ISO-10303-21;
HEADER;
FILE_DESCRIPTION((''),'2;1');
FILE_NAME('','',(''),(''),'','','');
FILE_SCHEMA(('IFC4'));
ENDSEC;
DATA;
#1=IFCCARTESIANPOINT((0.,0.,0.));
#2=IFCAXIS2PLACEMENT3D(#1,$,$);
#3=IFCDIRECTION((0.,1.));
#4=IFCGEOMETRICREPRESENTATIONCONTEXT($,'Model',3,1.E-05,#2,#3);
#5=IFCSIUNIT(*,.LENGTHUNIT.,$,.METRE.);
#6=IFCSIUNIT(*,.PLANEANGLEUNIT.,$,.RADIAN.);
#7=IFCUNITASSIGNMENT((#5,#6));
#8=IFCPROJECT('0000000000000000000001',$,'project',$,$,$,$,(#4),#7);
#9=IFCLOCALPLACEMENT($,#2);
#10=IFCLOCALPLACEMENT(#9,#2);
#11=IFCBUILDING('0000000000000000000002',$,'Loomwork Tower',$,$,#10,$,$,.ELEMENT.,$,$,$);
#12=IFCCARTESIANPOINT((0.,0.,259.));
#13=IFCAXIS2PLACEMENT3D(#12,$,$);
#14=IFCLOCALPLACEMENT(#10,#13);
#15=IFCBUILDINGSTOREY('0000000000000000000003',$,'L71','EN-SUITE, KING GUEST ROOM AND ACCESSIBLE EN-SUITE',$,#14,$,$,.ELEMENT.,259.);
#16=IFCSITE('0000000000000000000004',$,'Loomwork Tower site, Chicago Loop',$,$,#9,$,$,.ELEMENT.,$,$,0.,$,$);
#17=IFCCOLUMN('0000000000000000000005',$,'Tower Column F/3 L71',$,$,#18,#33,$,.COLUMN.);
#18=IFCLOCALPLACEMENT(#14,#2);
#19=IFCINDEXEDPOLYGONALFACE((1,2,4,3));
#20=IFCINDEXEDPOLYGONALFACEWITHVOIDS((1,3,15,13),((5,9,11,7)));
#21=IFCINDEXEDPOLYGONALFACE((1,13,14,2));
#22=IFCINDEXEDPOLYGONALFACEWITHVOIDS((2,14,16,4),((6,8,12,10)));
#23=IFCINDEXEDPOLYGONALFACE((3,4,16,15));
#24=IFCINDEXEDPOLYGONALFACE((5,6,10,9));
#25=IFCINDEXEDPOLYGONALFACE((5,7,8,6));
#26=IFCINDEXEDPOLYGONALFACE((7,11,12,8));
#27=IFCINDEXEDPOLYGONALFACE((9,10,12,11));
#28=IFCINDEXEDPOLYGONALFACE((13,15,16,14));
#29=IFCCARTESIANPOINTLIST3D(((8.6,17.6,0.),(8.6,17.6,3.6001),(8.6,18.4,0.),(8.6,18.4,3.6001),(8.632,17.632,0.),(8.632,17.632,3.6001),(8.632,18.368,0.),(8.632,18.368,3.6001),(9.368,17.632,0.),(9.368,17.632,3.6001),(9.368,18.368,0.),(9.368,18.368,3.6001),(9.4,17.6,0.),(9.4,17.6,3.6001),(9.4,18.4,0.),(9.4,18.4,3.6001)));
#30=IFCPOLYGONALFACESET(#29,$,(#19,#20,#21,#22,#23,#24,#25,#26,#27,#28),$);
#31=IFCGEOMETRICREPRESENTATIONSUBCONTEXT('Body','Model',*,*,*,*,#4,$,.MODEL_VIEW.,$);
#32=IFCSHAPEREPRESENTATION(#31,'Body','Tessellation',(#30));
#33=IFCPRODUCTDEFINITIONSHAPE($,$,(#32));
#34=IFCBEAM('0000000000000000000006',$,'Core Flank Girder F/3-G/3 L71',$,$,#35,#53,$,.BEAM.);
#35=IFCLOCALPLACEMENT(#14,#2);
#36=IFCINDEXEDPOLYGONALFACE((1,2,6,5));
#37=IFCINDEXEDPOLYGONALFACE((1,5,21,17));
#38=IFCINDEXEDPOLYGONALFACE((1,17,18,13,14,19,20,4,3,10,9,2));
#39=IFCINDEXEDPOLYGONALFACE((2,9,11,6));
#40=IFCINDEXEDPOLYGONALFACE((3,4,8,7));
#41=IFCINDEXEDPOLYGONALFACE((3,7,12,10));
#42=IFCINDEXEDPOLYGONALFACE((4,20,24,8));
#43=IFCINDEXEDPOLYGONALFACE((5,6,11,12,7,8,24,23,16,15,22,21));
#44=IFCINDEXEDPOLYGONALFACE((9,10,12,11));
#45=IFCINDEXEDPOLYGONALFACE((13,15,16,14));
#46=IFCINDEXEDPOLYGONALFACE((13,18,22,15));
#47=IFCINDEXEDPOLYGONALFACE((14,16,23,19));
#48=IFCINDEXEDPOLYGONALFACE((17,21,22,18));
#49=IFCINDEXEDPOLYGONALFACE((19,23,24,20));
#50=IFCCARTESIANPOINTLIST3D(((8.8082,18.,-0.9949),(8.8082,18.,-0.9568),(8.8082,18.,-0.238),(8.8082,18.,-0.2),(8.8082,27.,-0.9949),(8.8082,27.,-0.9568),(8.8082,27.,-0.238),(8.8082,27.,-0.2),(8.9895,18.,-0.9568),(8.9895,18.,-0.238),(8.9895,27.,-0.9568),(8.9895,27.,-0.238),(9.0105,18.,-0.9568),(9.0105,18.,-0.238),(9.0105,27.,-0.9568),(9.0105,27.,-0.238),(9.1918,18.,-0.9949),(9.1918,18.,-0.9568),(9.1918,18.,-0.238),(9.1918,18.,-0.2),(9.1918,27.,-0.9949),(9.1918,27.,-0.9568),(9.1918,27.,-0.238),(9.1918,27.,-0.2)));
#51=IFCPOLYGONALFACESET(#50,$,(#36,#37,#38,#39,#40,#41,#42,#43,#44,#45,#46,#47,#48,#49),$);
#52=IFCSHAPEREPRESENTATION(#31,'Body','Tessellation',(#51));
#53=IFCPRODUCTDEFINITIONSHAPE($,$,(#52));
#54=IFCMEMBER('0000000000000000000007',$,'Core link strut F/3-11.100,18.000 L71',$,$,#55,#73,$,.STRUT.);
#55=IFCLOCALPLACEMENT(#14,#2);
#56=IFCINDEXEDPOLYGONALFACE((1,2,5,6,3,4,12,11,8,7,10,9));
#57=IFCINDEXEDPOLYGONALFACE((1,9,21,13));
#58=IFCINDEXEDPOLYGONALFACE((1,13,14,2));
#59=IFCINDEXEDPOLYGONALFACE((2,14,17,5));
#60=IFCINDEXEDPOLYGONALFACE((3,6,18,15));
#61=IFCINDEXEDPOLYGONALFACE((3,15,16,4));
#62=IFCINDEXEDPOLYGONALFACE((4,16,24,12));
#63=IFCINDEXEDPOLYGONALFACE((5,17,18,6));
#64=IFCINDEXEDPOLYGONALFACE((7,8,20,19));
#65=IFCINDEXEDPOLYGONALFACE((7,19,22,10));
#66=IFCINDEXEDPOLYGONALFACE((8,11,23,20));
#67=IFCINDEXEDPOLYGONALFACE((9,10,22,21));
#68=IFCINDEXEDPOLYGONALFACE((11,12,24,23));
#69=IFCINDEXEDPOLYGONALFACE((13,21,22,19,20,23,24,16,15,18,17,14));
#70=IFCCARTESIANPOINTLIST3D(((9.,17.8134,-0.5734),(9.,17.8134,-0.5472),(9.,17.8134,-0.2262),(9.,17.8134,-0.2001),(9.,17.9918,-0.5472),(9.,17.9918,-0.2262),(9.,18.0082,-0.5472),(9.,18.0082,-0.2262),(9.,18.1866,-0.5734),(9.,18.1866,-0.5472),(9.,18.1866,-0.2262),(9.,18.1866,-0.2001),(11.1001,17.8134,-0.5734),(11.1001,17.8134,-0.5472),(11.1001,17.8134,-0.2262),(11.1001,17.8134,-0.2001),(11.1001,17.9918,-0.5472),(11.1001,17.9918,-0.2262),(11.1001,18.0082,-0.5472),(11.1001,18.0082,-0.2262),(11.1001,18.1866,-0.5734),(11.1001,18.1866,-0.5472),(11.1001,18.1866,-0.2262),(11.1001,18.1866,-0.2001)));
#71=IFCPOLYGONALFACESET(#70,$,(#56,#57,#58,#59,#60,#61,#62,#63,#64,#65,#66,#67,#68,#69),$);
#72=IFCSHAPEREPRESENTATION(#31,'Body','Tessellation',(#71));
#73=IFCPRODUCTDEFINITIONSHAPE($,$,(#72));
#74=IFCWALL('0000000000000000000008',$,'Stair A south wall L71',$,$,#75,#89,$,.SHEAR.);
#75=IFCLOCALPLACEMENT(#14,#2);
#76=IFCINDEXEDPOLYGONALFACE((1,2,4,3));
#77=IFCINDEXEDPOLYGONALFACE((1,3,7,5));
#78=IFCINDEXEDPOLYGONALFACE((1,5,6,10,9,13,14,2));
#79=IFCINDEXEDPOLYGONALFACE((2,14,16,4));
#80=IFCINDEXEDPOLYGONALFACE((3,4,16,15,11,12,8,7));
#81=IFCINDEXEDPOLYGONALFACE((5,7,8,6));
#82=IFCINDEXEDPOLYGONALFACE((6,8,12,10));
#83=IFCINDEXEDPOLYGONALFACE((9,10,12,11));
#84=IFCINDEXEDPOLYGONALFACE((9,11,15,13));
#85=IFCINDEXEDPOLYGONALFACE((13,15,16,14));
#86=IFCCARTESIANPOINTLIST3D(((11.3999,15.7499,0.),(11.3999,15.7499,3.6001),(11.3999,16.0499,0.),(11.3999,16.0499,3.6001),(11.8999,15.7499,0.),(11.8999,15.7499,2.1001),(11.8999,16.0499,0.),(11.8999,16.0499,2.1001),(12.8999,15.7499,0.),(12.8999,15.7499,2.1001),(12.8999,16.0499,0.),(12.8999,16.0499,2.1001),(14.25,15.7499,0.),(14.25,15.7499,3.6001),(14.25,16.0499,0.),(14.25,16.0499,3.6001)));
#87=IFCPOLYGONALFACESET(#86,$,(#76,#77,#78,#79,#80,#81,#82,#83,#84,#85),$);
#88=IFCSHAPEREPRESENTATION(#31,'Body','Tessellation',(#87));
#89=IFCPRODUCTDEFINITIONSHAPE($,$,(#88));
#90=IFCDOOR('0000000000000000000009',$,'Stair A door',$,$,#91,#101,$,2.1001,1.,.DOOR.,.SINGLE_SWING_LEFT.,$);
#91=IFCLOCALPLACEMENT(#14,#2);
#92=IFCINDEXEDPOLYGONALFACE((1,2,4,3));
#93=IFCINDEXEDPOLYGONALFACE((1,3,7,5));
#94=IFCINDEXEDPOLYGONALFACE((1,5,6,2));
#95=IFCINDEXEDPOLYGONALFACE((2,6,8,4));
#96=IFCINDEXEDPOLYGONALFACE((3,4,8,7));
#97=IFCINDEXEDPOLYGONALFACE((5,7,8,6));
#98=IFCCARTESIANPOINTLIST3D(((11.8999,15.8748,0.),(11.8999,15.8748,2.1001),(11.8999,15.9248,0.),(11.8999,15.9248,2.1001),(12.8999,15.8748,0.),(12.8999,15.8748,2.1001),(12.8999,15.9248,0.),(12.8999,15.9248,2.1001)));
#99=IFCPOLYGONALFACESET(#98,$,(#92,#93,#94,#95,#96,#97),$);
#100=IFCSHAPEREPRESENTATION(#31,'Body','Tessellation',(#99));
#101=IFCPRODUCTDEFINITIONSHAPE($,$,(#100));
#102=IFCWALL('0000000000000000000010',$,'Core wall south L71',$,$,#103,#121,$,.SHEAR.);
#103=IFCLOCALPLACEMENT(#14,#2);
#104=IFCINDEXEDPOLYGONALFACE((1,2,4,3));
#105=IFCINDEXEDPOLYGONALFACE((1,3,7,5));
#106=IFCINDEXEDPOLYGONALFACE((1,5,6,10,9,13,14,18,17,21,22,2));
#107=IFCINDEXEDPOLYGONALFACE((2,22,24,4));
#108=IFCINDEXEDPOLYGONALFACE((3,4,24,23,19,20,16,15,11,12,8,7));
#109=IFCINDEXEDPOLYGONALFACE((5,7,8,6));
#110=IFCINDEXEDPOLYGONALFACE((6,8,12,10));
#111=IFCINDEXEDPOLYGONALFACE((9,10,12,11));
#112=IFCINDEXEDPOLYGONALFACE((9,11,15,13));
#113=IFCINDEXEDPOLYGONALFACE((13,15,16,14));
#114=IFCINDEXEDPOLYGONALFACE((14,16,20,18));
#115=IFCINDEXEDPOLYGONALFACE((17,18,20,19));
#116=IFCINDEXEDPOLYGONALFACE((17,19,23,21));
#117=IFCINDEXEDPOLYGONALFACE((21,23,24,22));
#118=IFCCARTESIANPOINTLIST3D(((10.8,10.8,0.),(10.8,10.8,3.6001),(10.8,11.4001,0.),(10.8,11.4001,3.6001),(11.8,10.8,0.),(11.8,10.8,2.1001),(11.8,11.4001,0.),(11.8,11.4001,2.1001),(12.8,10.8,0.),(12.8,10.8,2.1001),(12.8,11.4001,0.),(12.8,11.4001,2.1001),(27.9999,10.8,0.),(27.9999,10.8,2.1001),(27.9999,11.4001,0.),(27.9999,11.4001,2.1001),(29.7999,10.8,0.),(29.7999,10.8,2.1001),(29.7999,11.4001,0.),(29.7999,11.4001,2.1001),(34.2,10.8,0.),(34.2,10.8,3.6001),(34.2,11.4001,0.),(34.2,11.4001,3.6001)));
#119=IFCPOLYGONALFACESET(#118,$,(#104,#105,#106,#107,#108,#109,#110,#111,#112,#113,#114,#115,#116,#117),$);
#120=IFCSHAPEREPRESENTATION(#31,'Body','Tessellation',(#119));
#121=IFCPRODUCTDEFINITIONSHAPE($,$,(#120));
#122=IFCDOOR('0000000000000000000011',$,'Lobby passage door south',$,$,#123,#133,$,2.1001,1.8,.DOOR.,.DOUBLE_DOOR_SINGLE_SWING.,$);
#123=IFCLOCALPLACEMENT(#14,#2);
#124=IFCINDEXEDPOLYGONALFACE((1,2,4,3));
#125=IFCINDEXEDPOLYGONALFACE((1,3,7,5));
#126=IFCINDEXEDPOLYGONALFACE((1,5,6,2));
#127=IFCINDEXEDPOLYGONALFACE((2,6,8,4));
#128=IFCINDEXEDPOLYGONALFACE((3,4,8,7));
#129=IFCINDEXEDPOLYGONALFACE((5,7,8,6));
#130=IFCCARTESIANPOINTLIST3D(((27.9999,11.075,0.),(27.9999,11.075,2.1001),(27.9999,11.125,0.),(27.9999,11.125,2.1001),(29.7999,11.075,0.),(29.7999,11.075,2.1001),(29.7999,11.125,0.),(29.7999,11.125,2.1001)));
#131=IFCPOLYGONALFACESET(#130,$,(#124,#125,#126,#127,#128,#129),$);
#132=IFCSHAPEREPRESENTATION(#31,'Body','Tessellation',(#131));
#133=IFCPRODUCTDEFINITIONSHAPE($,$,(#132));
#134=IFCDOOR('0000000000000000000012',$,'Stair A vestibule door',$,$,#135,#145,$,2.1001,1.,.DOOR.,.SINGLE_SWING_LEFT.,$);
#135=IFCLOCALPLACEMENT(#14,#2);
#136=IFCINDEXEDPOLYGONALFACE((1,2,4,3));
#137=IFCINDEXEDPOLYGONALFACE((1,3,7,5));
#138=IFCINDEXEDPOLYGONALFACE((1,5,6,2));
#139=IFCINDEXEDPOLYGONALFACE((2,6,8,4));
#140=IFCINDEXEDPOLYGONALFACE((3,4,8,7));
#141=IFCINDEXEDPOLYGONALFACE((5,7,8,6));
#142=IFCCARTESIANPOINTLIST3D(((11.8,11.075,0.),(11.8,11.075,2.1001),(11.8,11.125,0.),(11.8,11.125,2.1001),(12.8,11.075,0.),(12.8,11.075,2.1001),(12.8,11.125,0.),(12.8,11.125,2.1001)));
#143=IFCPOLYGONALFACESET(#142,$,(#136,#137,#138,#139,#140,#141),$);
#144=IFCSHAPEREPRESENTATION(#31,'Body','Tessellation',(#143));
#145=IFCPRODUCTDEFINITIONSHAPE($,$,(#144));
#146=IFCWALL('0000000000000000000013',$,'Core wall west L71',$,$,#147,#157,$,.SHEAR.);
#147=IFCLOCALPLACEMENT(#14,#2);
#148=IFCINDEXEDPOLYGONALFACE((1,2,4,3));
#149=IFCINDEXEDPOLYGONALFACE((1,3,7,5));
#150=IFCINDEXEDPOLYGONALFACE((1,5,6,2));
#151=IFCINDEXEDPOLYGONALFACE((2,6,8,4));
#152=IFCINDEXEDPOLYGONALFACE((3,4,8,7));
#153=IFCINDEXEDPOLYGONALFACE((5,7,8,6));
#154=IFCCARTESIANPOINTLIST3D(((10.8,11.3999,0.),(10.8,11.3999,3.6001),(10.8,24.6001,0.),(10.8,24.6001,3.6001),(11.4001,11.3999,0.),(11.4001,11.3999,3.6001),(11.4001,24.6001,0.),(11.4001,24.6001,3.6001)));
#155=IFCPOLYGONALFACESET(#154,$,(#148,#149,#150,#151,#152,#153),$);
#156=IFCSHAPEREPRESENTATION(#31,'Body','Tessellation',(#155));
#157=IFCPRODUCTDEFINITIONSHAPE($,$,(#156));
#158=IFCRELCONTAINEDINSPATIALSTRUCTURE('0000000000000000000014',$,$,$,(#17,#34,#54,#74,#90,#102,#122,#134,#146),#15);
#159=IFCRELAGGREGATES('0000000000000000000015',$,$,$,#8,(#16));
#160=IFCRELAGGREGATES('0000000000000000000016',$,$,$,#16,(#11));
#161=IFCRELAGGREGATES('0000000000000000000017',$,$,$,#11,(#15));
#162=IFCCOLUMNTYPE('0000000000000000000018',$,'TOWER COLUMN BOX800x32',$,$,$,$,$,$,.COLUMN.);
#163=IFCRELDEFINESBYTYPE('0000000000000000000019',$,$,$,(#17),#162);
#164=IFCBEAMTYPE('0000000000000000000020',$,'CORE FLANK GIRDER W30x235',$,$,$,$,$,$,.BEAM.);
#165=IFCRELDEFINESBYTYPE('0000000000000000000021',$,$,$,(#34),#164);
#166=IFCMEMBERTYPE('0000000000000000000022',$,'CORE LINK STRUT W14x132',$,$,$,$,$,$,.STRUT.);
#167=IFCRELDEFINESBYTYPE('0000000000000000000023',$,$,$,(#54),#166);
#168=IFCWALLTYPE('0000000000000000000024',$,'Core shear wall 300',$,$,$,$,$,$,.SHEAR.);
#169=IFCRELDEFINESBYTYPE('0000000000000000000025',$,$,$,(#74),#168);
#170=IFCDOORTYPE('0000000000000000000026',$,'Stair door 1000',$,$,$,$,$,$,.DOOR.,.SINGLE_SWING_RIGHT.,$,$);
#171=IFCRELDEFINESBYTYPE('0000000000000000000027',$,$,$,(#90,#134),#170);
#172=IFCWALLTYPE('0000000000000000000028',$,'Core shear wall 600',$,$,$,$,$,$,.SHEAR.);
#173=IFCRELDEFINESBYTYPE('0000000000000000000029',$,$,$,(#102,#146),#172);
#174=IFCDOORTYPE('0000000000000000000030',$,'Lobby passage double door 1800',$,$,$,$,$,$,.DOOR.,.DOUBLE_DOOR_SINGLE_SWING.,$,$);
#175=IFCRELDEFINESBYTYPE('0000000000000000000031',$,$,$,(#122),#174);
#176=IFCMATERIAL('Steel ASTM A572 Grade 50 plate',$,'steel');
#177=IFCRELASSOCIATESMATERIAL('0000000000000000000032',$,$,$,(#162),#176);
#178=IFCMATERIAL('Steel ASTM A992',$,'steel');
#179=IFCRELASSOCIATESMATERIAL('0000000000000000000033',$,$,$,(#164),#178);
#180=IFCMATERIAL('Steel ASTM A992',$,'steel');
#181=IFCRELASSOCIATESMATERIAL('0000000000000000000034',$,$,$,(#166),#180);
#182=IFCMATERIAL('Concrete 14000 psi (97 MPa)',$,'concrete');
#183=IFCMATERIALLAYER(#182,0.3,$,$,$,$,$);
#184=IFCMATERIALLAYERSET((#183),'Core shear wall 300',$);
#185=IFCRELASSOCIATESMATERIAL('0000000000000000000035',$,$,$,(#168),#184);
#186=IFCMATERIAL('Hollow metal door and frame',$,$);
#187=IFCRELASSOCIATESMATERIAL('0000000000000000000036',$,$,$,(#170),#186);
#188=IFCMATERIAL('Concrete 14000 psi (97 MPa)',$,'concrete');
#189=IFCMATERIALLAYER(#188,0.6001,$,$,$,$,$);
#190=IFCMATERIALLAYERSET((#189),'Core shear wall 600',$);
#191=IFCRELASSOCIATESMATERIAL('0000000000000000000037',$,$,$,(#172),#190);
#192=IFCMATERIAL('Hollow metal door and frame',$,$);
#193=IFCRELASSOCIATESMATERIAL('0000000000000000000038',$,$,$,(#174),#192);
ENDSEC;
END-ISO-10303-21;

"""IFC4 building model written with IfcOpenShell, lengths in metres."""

from ifc_helpers import new_model, si_unit, direction, frame, frame_2d, origin, origin_2d, place, context, subcontext, project, spatial, rectangle, hollow_rectangle, i_section, extrude, material, layer, layer_set, material_profile, profile_set, type_object, element, fill, save


model = new_model("IFC4")

# Units and contexts
model_context = context("Model", 3, precision=1e-05, world=origin(), true_north=direction((0.0, 1.0)))
body_context = subcontext(model_context, "Body", "Model", "MODEL_VIEW")
ifc_project = project(units=[si_unit("LENGTHUNIT", "METRE"), si_unit("PLANEANGLEUNIT", "RADIAN")], contexts=[model_context])

# Site, building, storey
site_placement = place(None, origin())
site = spatial("IfcSite", under=ifc_project, at=site_placement, Name="Loomwork Tower site, Chicago Loop", CompositionType="ELEMENT", RefElevation=0.0)
building_placement = place(site_placement, origin())
building = spatial("IfcBuilding", under=site, at=building_placement, Name="Loomwork Tower", CompositionType="ELEMENT")
storey_placement = place(building_placement, frame((0.0, 0.0, 259.0)))
storey = spatial("IfcBuildingStorey", under=building, at=storey_placement, Name="L71", Description="EN-SUITE, KING GUEST ROOM AND ACCESSIBLE EN-SUITE", CompositionType="ELEMENT", Elevation=259.0)

# Column
ifc_material_1 = material(Name="Steel ASTM A572 Grade 50 plate", Category="steel")
ifc_material_profile_1 = material_profile(ifc_material_1, hollow_rectangle(XDim=0.8, YDim=0.8, WallThickness=0.032, at=origin_2d()), Name="BOX800x32")
ifc_profile_set_1 = profile_set([ifc_material_profile_1], Name="Steel ASTM A572 Grade 50 plate")
column_type = type_object("IfcColumnType", Name="TOWER COLUMN BOX800x32", PredefinedType="COLUMN", material=ifc_profile_set_1)
column_placement = place(storey_placement, frame((9.0, 18.0, 0.0), z_axis=(0.0, 0.0, 1.0), x_axis=(1.0, 0.0, 0.0)))
element("IfcColumn", 1, at=column_placement, inside=storey, type_object=column_type, Name="Tower Column F/3 L71", PredefinedType="COLUMN", context=body_context, shape_type="SweptSolid", body=[
    extrude(hollow_rectangle(XDim=0.8, YDim=0.8, WallThickness=0.032, at=origin_2d()), origin(), (0.0, 0.0, 1.0), 3.6001),
])

# Beam
ifc_material_2 = material(Name="Steel ASTM A992", Category="steel")
ifc_material_profile_2 = material_profile(ifc_material_2, i_section(OverallWidth=0.3835, OverallDepth=0.7949, WebThickness=0.021, FlangeThickness=0.0381, at=origin_2d()), Name="W30x235")
ifc_profile_set_2 = profile_set([ifc_material_profile_2], Name="Steel ASTM A992")
beam_type = type_object("IfcBeamType", Name="CORE FLANK GIRDER W30x235", PredefinedType="BEAM", material=ifc_profile_set_2)
beam_placement = place(storey_placement, frame((9.0, 18.0, -0.5974), z_axis=(0.0, 1.0, 0.0), x_axis=(-1.0, 0.0, 0.0)))
element("IfcBeam", 2, at=beam_placement, inside=storey, type_object=beam_type, Name="Core Flank Girder F/3-G/3 L71", PredefinedType="BEAM", context=body_context, shape_type="SweptSolid", body=[
    extrude(i_section(OverallWidth=0.3835, OverallDepth=0.7949, WebThickness=0.021, FlangeThickness=0.0381, at=origin_2d()), origin(), (0.0, 0.0, 1.0), 9.0),
])

# Member
ifc_material_3 = material(Name="Steel ASTM A992", Category="steel")
ifc_material_profile_3 = material_profile(ifc_material_3, i_section(OverallWidth=0.3733, OverallDepth=0.3733, WebThickness=0.0164, FlangeThickness=0.0261, at=origin_2d()), Name="W14x132")
ifc_profile_set_3 = profile_set([ifc_material_profile_3], Name="Steel ASTM A992")
member_type = type_object("IfcMemberType", Name="CORE LINK STRUT W14x132", PredefinedType="STRUT", material=ifc_profile_set_3)
member_placement = place(storey_placement, frame((9.0, 18.0, -0.3867), z_axis=(1.0, 0.0, 0.0), x_axis=(0.0, 1.0, 0.0)))
element("IfcMember", 3, at=member_placement, inside=storey, type_object=member_type, Name="Core link strut F/3-11.100,18.000 L71", PredefinedType="STRUT", context=body_context, shape_type="SweptSolid", body=[
    extrude(i_section(OverallWidth=0.3733, OverallDepth=0.3733, WebThickness=0.0164, FlangeThickness=0.0261, at=origin_2d()), origin(), (0.0, 0.0, 1.0), 2.1001),
])

# Wall, opening, door
ifc_material_4 = material(Name="Concrete 14000 psi (97 MPa)", Category="concrete")
ifc_layer_1 = layer(ifc_material_4, 0.3)
ifc_layer_set_1 = layer_set([ifc_layer_1], Name="Core shear wall 300")
wall_type_1 = type_object("IfcWallType", Name="Core shear wall 300", PredefinedType="SHEAR", material=ifc_layer_set_1)
wall_1_placement = place(storey_placement, frame((11.3999, 15.8999, 0.0), z_axis=(0.0, 0.0, 1.0), x_axis=(1.0, 0.0, 0.0)))
wall_1 = element("IfcWall", 4, at=wall_1_placement, inside=storey, type_object=wall_type_1, Name="Stair A south wall L71", PredefinedType="SHEAR", context=body_context, shape_type="SweptSolid", body=[
    extrude(rectangle(XDim=2.8501, YDim=0.3, at=frame_2d((1.425, 0.0))), origin(), (0.0, 0.0, 1.0), 3.6001),
])
opening_1_placement = place(wall_1_placement, frame((0.5, 0.0, 0.0)))
opening_1 = element("IfcOpeningElement", 5, at=opening_1_placement, cuts=wall_1, PredefinedType="OPENING", context=body_context, shape_type="SweptSolid", body=[
    extrude(rectangle(XDim=1.0, YDim=2.1001, at=frame_2d((0.5, 1.05))), frame((0.0, 0.1599, 0.0), z_axis=(0.0, -1.0, 0.0), x_axis=(1.0, 0.0, 0.0)), (0.0, 0.0, 1.0), 0.3201),
])
ifc_material_5 = material(Name="Hollow metal door and frame")
door_type_1 = type_object("IfcDoorType", Name="Stair door 1000", OperationType="SINGLE_SWING_RIGHT", PredefinedType="DOOR", material=ifc_material_5)
door_1_placement = place(opening_1_placement, origin())
door_1 = element("IfcDoor", 6, at=door_1_placement, inside=storey, type_object=door_type_1, Name="Stair A door", OperationType="SINGLE_SWING_LEFT", OverallHeight=2.1001, OverallWidth=1.0, PredefinedType="DOOR", context=body_context, shape_type="SweptSolid", body=[
    extrude(rectangle(XDim=1.0, YDim=2.1001, at=frame_2d((0.5, 1.05))), frame((0.0, 0.0249, 0.0), z_axis=(0.0, -1.0, 0.0), x_axis=(1.0, 0.0, 0.0)), (0.0, 0.0, 1.0), 0.05),
])
fill(opening_1, door_1)

# Wall, openings, doors
ifc_material_6 = material(Name="Concrete 14000 psi (97 MPa)", Category="concrete")
ifc_layer_2 = layer(ifc_material_6, 0.6001)
ifc_layer_set_2 = layer_set([ifc_layer_2], Name="Core shear wall 600")
wall_type_2 = type_object("IfcWallType", Name="Core shear wall 600", PredefinedType="SHEAR", material=ifc_layer_set_2)
wall_2_placement = place(storey_placement, frame((10.8, 11.1001, 0.0), z_axis=(0.0, 0.0, 1.0), x_axis=(1.0, 0.0, 0.0)))
wall_2 = element("IfcWall", 7, at=wall_2_placement, inside=storey, type_object=wall_type_2, Name="Core wall south L71", PredefinedType="SHEAR", context=body_context, shape_type="SweptSolid", body=[
    extrude(rectangle(XDim=23.3999, YDim=0.6001, at=frame_2d((11.7, 0.0))), origin(), (0.0, 0.0, 1.0), 3.6001),
])
opening_2_placement = place(wall_2_placement, frame((1.0, 0.0, 0.0)))
opening_2 = element("IfcOpeningElement", 8, at=opening_2_placement, cuts=wall_2, PredefinedType="OPENING", context=body_context, shape_type="SweptSolid", body=[
    extrude(rectangle(XDim=1.0, YDim=2.1001, at=frame_2d((0.5, 1.05))), frame((0.0, 0.3101, 0.0), z_axis=(0.0, -1.0, 0.0), x_axis=(1.0, 0.0, 0.0)), (0.0, 0.0, 1.0), 0.6201),
])
opening_3_placement = place(wall_2_placement, frame((17.2, 0.0, 0.0)))
opening_3 = element("IfcOpeningElement", 9, at=opening_3_placement, cuts=wall_2, PredefinedType="OPENING", context=body_context, shape_type="SweptSolid", body=[
    extrude(rectangle(XDim=1.8, YDim=2.1001, at=frame_2d((0.8999, 1.05))), frame((0.0, 0.3101, 0.0), z_axis=(0.0, -1.0, 0.0), x_axis=(1.0, 0.0, 0.0)), (0.0, 0.0, 1.0), 0.6201),
])
ifc_material_7 = material(Name="Hollow metal door and frame")
door_type_2 = type_object("IfcDoorType", Name="Lobby passage double door 1800", OperationType="DOUBLE_DOOR_SINGLE_SWING", PredefinedType="DOOR", material=ifc_material_7)
door_2_placement = place(opening_3_placement, origin())
door_2 = element("IfcDoor", 10, at=door_2_placement, inside=storey, type_object=door_type_2, Name="Lobby passage door south", OperationType="DOUBLE_DOOR_SINGLE_SWING", OverallHeight=2.1001, OverallWidth=1.8, PredefinedType="DOOR", context=body_context, shape_type="SweptSolid", body=[
    extrude(rectangle(XDim=1.8, YDim=2.1001, at=frame_2d((0.8999, 1.05))), frame((0.0, 0.0249, 0.0), z_axis=(0.0, -1.0, 0.0), x_axis=(1.0, 0.0, 0.0)), (0.0, 0.0, 1.0), 0.05),
])
fill(opening_3, door_2)
door_3_placement = place(opening_2_placement, origin())
door_3 = element("IfcDoor", 11, at=door_3_placement, inside=storey, type_object=door_type_1, Name="Stair A vestibule door", OperationType="SINGLE_SWING_LEFT", OverallHeight=2.1001, OverallWidth=1.0, PredefinedType="DOOR", context=body_context, shape_type="SweptSolid", body=[
    extrude(rectangle(XDim=1.0, YDim=2.1001, at=frame_2d((0.5, 1.05))), frame((0.0, 0.0249, 0.0), z_axis=(0.0, -1.0, 0.0), x_axis=(1.0, 0.0, 0.0)), (0.0, 0.0, 1.0), 0.05),
])
fill(opening_2, door_3)

# Wall
wall_3_placement = place(storey_placement, frame((11.1001, 11.3999, 0.0), z_axis=(0.0, 0.0, 1.0), x_axis=(0.0, 1.0, 0.0)))
element("IfcWall", 12, at=wall_3_placement, inside=storey, type_object=wall_type_2, Name="Core wall west L71", PredefinedType="SHEAR", context=body_context, shape_type="SweptSolid", body=[
    extrude(rectangle(XDim=13.2002, YDim=0.6001, at=frame_2d((6.6001, 0.0))), origin(), (0.0, 0.0, 1.0), 3.6001),
])

save(model, "model.ifc")
